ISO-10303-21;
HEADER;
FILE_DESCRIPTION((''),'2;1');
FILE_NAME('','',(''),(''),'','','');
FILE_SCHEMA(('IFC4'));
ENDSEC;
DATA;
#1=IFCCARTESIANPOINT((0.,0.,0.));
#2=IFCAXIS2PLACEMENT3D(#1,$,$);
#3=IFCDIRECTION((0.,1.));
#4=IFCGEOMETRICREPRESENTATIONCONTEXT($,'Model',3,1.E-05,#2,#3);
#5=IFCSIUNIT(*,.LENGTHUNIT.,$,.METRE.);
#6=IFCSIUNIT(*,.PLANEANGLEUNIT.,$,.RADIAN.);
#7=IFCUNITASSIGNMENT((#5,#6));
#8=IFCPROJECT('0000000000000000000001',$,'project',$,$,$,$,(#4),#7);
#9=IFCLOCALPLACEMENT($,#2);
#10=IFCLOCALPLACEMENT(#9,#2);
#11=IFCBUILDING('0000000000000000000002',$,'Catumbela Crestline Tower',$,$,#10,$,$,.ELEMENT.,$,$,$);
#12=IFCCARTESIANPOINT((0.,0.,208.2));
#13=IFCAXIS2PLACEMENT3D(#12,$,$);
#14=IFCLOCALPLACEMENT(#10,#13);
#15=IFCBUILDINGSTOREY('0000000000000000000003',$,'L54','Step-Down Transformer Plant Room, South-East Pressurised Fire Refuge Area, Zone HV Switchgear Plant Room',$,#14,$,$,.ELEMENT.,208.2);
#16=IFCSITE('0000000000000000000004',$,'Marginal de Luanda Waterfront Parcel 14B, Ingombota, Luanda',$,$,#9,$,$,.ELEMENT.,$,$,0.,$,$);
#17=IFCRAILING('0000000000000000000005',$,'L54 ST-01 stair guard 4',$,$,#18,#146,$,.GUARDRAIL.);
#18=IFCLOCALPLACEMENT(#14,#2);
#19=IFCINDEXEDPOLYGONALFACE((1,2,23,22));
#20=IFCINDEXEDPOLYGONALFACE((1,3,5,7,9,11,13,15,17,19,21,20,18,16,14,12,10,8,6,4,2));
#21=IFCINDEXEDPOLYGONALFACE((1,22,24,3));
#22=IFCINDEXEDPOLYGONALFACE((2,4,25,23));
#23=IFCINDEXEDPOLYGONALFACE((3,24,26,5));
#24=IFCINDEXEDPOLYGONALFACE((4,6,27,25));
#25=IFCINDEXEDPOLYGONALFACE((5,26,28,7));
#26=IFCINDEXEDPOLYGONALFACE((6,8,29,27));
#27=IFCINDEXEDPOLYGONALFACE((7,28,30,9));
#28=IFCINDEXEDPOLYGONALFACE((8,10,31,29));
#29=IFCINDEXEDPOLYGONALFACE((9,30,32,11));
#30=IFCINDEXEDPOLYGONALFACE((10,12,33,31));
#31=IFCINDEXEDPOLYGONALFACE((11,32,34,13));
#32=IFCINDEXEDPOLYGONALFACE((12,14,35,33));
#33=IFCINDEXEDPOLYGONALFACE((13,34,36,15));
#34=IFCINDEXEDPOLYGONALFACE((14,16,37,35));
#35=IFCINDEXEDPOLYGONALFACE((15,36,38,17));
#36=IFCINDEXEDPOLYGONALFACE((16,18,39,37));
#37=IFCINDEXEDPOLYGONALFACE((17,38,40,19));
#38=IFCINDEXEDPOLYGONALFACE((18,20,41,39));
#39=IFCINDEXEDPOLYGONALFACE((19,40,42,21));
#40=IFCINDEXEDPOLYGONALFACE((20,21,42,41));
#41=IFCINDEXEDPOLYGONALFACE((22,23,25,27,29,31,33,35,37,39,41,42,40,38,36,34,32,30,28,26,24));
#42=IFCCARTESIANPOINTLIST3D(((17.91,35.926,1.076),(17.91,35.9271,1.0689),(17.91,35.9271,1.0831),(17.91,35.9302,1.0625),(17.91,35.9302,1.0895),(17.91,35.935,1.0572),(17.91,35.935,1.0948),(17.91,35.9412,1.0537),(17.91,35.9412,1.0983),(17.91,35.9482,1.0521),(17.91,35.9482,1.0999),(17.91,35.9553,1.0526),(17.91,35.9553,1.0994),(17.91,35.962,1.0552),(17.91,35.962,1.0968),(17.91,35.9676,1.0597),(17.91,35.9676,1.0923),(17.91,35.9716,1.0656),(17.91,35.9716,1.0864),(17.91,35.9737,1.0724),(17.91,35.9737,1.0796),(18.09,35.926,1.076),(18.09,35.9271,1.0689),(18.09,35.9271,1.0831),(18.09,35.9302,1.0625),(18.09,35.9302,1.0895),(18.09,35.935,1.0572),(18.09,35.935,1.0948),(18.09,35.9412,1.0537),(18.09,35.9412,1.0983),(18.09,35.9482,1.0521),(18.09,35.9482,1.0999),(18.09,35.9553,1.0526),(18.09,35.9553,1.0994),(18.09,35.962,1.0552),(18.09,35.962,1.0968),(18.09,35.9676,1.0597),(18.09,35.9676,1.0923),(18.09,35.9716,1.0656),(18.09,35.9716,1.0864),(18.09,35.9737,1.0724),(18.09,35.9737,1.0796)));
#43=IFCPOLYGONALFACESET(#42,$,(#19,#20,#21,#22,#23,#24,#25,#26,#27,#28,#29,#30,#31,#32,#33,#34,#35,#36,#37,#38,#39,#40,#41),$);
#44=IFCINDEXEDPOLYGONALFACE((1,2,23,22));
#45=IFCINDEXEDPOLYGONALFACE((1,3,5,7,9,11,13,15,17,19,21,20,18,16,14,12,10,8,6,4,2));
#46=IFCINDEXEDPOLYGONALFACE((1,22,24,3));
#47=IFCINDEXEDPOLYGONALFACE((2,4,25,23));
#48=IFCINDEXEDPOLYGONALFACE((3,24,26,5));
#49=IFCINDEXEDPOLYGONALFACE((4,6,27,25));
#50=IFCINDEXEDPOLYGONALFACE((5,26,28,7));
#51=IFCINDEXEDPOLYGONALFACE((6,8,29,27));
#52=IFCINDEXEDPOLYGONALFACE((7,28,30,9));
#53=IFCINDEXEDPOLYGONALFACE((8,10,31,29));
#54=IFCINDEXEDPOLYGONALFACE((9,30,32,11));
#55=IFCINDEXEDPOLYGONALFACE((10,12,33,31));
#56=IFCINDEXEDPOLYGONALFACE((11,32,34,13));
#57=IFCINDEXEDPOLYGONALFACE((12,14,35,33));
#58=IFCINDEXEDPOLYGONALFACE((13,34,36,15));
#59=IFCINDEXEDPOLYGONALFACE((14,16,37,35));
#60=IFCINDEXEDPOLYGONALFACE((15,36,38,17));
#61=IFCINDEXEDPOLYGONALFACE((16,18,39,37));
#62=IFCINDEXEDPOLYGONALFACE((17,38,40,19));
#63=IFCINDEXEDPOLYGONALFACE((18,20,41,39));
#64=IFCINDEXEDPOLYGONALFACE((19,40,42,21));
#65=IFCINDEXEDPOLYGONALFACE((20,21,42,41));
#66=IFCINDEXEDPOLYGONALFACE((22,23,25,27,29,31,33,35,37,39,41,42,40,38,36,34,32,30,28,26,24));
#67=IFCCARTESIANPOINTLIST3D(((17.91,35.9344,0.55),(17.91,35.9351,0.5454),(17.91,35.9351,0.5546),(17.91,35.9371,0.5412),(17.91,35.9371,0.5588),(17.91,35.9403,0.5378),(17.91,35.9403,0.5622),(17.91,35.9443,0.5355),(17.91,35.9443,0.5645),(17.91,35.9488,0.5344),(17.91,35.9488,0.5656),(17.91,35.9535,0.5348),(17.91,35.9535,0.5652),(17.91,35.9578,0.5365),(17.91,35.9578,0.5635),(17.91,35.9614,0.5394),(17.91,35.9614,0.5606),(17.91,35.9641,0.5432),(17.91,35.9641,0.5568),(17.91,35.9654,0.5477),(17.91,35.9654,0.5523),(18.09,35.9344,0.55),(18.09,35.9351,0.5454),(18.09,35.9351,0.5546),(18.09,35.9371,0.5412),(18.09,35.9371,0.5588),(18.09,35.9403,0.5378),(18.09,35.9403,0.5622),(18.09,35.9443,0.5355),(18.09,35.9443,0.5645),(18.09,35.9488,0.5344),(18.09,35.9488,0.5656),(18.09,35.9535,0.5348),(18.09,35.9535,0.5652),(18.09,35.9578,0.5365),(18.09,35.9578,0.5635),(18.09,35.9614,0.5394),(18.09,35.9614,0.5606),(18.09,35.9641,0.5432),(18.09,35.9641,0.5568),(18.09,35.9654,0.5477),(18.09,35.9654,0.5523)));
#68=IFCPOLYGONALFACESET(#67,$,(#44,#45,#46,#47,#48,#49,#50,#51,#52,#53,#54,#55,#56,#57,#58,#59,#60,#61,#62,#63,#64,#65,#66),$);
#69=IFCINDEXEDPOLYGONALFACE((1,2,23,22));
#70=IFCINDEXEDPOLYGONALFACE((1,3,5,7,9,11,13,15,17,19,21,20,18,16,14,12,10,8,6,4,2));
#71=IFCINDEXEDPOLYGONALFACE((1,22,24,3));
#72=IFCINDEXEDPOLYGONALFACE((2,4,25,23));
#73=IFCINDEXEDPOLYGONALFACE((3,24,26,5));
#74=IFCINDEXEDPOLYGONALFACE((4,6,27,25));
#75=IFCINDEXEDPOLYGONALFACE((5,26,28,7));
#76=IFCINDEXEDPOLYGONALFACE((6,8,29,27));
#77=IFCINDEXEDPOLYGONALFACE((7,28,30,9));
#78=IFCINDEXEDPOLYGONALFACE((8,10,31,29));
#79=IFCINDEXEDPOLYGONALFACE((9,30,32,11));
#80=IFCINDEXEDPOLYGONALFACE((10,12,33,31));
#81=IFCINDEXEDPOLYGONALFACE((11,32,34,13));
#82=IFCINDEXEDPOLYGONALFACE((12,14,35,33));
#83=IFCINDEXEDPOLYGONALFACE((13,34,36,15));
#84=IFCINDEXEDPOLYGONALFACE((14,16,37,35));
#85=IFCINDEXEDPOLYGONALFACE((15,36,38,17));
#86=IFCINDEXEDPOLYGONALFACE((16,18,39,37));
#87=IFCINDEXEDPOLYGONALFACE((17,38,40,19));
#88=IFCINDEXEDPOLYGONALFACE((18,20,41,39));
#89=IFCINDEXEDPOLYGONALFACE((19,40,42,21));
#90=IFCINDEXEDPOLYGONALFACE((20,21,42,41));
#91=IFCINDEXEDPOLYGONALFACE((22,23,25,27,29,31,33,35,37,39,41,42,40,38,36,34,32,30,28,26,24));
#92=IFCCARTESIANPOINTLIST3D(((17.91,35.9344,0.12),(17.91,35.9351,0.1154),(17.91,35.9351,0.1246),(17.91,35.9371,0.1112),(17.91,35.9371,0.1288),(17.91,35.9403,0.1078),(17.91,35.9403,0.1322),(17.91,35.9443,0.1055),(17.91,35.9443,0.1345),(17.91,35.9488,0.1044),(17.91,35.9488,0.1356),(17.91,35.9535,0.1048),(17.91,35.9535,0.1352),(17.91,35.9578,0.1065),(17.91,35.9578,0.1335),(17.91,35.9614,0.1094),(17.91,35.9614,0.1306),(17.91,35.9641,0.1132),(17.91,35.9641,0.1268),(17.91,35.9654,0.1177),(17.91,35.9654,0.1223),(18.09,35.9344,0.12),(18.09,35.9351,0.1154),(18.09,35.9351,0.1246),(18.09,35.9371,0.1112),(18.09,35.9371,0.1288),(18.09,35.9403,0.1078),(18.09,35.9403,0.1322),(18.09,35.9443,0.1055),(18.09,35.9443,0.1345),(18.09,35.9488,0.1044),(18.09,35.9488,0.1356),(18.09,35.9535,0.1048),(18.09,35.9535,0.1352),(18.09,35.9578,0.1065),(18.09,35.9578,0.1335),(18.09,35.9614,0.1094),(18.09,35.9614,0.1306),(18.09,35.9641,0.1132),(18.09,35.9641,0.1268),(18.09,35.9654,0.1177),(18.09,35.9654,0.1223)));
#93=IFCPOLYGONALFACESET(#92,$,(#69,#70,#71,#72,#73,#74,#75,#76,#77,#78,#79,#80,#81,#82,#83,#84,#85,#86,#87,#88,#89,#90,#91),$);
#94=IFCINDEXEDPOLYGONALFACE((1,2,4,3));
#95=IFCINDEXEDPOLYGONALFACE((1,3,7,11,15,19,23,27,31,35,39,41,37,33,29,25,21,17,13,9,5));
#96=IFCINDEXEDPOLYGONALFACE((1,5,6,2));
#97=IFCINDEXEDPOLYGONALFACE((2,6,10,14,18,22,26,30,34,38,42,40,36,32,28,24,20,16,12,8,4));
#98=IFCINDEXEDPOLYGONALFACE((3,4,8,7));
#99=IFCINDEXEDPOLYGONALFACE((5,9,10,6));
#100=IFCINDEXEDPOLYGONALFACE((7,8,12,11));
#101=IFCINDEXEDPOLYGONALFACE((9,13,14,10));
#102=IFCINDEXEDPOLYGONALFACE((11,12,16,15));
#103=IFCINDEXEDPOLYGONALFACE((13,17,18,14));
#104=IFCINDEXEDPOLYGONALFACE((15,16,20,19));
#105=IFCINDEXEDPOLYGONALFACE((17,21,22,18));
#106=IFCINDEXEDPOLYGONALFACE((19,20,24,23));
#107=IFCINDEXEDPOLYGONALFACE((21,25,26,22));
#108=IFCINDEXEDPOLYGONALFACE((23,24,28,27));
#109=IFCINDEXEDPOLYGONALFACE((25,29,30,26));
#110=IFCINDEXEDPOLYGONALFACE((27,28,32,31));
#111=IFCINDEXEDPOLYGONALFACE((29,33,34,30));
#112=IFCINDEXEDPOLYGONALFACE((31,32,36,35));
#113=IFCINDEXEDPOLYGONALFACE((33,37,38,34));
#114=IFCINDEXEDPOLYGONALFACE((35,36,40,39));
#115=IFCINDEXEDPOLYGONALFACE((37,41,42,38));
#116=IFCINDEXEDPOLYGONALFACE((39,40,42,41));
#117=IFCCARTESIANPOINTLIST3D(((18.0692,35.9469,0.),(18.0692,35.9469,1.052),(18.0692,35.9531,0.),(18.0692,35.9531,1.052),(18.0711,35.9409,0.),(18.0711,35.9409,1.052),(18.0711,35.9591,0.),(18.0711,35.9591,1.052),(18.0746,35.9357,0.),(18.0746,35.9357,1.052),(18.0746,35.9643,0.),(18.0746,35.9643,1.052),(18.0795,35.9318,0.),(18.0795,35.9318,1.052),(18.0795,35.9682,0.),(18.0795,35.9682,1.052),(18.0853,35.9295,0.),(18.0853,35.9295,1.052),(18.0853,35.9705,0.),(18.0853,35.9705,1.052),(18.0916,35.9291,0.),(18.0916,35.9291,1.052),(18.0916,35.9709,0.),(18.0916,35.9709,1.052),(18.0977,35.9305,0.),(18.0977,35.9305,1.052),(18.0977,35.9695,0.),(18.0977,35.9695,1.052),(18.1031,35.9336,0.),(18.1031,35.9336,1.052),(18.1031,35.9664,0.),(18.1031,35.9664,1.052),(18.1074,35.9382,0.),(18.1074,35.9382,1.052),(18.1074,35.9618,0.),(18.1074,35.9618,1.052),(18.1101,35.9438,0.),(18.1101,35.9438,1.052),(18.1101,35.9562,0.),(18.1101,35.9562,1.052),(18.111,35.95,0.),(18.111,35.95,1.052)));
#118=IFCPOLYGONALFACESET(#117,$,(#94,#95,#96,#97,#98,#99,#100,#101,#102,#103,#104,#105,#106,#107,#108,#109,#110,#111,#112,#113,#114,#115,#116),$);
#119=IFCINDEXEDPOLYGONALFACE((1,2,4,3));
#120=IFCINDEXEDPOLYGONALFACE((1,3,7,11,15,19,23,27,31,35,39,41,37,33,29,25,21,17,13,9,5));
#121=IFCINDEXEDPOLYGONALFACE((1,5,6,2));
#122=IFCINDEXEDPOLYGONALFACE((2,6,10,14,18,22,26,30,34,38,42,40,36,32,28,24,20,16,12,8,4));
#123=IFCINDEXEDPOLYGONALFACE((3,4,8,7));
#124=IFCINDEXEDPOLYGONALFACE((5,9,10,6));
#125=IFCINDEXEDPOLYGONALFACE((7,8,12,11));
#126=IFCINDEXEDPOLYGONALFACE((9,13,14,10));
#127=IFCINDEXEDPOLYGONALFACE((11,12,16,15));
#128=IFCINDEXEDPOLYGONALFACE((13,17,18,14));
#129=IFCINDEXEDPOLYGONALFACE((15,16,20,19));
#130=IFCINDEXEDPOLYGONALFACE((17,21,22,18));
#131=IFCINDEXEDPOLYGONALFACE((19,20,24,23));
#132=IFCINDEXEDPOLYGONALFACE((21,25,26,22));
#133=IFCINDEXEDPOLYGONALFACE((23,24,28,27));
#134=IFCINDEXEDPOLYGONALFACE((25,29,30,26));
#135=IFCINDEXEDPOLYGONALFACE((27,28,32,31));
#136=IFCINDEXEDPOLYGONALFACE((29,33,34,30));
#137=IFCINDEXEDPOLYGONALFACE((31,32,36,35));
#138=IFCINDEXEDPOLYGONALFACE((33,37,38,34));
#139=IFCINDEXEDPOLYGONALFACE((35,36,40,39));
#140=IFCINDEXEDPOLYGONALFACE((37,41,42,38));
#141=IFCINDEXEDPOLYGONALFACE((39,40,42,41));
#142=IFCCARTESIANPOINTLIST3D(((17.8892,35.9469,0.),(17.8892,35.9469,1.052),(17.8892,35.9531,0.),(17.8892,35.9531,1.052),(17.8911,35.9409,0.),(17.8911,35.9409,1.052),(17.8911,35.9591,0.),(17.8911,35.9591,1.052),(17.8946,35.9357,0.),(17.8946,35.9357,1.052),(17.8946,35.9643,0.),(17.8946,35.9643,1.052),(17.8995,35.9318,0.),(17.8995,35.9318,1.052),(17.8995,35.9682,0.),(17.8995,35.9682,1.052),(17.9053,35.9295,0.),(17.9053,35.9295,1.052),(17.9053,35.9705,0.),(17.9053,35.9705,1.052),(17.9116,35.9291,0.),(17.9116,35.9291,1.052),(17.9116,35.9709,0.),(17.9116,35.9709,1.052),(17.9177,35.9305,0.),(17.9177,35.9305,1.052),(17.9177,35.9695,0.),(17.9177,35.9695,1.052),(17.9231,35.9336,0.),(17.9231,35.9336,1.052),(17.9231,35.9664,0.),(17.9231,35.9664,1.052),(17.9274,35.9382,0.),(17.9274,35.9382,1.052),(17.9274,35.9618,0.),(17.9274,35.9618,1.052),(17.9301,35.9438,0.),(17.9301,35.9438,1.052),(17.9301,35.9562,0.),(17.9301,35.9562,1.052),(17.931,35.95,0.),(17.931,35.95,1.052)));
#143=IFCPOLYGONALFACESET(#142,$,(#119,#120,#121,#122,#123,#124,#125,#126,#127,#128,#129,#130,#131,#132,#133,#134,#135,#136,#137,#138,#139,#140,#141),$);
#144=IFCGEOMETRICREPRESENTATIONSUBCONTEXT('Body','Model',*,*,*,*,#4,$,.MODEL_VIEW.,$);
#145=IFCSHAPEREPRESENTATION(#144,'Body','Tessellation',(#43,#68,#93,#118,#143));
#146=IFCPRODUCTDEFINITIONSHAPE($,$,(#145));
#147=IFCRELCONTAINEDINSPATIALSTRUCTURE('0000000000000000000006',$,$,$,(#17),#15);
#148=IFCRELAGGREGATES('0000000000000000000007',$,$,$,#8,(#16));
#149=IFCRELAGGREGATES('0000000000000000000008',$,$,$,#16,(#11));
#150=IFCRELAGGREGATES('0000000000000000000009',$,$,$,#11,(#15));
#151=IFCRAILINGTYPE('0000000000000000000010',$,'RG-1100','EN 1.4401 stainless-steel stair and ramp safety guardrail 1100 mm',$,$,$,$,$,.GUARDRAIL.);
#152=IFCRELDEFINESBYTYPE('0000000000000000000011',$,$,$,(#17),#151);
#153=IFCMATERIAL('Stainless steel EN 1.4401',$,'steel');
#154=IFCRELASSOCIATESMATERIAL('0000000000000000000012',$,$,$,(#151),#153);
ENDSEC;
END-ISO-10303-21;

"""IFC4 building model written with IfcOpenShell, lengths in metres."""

from ifc_helpers import new_model, si_unit, direction, frame, origin, origin_2d, place, context, subcontext, project, spatial, circle, extrude, material, type_object, element, save


model = new_model("IFC4")

# Units and contexts
model_context = context("Model", 3, precision=1e-05, world=origin(), true_north=direction((0.0, 1.0)))
body_context = subcontext(model_context, "Body", "Model", "MODEL_VIEW")
ifc_project = project(units=[si_unit("LENGTHUNIT", "METRE"), si_unit("PLANEANGLEUNIT", "RADIAN")], contexts=[model_context])

# Site, building, storey
site_placement = place(None, origin())
site = spatial("IfcSite", under=ifc_project, at=site_placement, Name="Marginal de Luanda Waterfront Parcel 14B, Ingombota, Luanda", CompositionType="ELEMENT", RefElevation=0.0)
building_placement = place(site_placement, origin())
building = spatial("IfcBuilding", under=site, at=building_placement, Name="Catumbela Crestline Tower", CompositionType="ELEMENT")
storey_placement = place(building_placement, frame((0.0, 0.0, 208.2)))
storey = spatial("IfcBuildingStorey", under=building, at=storey_placement, Name="L54", Description="Step-Down Transformer Plant Room, South-East Pressurised Fire Refuge Area, Zone HV Switchgear Plant Room", CompositionType="ELEMENT", Elevation=208.2)

# Shared definitions
ifc_material_1 = material(Name="Stainless steel EN 1.4401", Category="steel")

# Railing
railing_type_1 = type_object("IfcRailingType", Name="RG-1100", Description="EN 1.4401 stainless-steel stair and ramp safety guardrail 1100 mm", PredefinedType="GUARDRAIL", material=ifc_material_1)
railing_1_placement = place(storey_placement, frame((18.09, 35.95, 0.0)))
element("IfcRailing", 1, at=railing_1_placement, inside=storey, type_object=railing_type_1, Name="L54 ST-01 stair guard 4", PredefinedType="GUARDRAIL", context=body_context, shape_type="SweptSolid", body=[
    extrude(circle(Radius=0.024, at=origin_2d()), frame((0.0, 0.0, 1.076), z_axis=(-1.0, 0.0, 0.0), x_axis=(0.0, -1.0, 0.0)), (0.0, 0.0, 1.0), 0.18),
    extrude(circle(Radius=0.0156, at=origin_2d()), frame((0.0, 0.0, 0.55), z_axis=(-1.0, 0.0, 0.0), x_axis=(0.0, -1.0, 0.0)), (0.0, 0.0, 1.0), 0.18),
    extrude(circle(Radius=0.0156, at=origin_2d()), frame((0.0, 0.0, 0.12), z_axis=(-1.0, 0.0, 0.0), x_axis=(0.0, -1.0, 0.0)), (0.0, 0.0, 1.0), 0.18),
    extrude(circle(Radius=0.021, at=origin_2d()), origin(), (0.0, 0.0, 1.0), 1.052),
    extrude(circle(Radius=0.021, at=origin_2d()), frame((-0.18, 0.0, 0.0)), (0.0, 0.0, 1.0), 1.052),
])

save(model, "model.ifc")
